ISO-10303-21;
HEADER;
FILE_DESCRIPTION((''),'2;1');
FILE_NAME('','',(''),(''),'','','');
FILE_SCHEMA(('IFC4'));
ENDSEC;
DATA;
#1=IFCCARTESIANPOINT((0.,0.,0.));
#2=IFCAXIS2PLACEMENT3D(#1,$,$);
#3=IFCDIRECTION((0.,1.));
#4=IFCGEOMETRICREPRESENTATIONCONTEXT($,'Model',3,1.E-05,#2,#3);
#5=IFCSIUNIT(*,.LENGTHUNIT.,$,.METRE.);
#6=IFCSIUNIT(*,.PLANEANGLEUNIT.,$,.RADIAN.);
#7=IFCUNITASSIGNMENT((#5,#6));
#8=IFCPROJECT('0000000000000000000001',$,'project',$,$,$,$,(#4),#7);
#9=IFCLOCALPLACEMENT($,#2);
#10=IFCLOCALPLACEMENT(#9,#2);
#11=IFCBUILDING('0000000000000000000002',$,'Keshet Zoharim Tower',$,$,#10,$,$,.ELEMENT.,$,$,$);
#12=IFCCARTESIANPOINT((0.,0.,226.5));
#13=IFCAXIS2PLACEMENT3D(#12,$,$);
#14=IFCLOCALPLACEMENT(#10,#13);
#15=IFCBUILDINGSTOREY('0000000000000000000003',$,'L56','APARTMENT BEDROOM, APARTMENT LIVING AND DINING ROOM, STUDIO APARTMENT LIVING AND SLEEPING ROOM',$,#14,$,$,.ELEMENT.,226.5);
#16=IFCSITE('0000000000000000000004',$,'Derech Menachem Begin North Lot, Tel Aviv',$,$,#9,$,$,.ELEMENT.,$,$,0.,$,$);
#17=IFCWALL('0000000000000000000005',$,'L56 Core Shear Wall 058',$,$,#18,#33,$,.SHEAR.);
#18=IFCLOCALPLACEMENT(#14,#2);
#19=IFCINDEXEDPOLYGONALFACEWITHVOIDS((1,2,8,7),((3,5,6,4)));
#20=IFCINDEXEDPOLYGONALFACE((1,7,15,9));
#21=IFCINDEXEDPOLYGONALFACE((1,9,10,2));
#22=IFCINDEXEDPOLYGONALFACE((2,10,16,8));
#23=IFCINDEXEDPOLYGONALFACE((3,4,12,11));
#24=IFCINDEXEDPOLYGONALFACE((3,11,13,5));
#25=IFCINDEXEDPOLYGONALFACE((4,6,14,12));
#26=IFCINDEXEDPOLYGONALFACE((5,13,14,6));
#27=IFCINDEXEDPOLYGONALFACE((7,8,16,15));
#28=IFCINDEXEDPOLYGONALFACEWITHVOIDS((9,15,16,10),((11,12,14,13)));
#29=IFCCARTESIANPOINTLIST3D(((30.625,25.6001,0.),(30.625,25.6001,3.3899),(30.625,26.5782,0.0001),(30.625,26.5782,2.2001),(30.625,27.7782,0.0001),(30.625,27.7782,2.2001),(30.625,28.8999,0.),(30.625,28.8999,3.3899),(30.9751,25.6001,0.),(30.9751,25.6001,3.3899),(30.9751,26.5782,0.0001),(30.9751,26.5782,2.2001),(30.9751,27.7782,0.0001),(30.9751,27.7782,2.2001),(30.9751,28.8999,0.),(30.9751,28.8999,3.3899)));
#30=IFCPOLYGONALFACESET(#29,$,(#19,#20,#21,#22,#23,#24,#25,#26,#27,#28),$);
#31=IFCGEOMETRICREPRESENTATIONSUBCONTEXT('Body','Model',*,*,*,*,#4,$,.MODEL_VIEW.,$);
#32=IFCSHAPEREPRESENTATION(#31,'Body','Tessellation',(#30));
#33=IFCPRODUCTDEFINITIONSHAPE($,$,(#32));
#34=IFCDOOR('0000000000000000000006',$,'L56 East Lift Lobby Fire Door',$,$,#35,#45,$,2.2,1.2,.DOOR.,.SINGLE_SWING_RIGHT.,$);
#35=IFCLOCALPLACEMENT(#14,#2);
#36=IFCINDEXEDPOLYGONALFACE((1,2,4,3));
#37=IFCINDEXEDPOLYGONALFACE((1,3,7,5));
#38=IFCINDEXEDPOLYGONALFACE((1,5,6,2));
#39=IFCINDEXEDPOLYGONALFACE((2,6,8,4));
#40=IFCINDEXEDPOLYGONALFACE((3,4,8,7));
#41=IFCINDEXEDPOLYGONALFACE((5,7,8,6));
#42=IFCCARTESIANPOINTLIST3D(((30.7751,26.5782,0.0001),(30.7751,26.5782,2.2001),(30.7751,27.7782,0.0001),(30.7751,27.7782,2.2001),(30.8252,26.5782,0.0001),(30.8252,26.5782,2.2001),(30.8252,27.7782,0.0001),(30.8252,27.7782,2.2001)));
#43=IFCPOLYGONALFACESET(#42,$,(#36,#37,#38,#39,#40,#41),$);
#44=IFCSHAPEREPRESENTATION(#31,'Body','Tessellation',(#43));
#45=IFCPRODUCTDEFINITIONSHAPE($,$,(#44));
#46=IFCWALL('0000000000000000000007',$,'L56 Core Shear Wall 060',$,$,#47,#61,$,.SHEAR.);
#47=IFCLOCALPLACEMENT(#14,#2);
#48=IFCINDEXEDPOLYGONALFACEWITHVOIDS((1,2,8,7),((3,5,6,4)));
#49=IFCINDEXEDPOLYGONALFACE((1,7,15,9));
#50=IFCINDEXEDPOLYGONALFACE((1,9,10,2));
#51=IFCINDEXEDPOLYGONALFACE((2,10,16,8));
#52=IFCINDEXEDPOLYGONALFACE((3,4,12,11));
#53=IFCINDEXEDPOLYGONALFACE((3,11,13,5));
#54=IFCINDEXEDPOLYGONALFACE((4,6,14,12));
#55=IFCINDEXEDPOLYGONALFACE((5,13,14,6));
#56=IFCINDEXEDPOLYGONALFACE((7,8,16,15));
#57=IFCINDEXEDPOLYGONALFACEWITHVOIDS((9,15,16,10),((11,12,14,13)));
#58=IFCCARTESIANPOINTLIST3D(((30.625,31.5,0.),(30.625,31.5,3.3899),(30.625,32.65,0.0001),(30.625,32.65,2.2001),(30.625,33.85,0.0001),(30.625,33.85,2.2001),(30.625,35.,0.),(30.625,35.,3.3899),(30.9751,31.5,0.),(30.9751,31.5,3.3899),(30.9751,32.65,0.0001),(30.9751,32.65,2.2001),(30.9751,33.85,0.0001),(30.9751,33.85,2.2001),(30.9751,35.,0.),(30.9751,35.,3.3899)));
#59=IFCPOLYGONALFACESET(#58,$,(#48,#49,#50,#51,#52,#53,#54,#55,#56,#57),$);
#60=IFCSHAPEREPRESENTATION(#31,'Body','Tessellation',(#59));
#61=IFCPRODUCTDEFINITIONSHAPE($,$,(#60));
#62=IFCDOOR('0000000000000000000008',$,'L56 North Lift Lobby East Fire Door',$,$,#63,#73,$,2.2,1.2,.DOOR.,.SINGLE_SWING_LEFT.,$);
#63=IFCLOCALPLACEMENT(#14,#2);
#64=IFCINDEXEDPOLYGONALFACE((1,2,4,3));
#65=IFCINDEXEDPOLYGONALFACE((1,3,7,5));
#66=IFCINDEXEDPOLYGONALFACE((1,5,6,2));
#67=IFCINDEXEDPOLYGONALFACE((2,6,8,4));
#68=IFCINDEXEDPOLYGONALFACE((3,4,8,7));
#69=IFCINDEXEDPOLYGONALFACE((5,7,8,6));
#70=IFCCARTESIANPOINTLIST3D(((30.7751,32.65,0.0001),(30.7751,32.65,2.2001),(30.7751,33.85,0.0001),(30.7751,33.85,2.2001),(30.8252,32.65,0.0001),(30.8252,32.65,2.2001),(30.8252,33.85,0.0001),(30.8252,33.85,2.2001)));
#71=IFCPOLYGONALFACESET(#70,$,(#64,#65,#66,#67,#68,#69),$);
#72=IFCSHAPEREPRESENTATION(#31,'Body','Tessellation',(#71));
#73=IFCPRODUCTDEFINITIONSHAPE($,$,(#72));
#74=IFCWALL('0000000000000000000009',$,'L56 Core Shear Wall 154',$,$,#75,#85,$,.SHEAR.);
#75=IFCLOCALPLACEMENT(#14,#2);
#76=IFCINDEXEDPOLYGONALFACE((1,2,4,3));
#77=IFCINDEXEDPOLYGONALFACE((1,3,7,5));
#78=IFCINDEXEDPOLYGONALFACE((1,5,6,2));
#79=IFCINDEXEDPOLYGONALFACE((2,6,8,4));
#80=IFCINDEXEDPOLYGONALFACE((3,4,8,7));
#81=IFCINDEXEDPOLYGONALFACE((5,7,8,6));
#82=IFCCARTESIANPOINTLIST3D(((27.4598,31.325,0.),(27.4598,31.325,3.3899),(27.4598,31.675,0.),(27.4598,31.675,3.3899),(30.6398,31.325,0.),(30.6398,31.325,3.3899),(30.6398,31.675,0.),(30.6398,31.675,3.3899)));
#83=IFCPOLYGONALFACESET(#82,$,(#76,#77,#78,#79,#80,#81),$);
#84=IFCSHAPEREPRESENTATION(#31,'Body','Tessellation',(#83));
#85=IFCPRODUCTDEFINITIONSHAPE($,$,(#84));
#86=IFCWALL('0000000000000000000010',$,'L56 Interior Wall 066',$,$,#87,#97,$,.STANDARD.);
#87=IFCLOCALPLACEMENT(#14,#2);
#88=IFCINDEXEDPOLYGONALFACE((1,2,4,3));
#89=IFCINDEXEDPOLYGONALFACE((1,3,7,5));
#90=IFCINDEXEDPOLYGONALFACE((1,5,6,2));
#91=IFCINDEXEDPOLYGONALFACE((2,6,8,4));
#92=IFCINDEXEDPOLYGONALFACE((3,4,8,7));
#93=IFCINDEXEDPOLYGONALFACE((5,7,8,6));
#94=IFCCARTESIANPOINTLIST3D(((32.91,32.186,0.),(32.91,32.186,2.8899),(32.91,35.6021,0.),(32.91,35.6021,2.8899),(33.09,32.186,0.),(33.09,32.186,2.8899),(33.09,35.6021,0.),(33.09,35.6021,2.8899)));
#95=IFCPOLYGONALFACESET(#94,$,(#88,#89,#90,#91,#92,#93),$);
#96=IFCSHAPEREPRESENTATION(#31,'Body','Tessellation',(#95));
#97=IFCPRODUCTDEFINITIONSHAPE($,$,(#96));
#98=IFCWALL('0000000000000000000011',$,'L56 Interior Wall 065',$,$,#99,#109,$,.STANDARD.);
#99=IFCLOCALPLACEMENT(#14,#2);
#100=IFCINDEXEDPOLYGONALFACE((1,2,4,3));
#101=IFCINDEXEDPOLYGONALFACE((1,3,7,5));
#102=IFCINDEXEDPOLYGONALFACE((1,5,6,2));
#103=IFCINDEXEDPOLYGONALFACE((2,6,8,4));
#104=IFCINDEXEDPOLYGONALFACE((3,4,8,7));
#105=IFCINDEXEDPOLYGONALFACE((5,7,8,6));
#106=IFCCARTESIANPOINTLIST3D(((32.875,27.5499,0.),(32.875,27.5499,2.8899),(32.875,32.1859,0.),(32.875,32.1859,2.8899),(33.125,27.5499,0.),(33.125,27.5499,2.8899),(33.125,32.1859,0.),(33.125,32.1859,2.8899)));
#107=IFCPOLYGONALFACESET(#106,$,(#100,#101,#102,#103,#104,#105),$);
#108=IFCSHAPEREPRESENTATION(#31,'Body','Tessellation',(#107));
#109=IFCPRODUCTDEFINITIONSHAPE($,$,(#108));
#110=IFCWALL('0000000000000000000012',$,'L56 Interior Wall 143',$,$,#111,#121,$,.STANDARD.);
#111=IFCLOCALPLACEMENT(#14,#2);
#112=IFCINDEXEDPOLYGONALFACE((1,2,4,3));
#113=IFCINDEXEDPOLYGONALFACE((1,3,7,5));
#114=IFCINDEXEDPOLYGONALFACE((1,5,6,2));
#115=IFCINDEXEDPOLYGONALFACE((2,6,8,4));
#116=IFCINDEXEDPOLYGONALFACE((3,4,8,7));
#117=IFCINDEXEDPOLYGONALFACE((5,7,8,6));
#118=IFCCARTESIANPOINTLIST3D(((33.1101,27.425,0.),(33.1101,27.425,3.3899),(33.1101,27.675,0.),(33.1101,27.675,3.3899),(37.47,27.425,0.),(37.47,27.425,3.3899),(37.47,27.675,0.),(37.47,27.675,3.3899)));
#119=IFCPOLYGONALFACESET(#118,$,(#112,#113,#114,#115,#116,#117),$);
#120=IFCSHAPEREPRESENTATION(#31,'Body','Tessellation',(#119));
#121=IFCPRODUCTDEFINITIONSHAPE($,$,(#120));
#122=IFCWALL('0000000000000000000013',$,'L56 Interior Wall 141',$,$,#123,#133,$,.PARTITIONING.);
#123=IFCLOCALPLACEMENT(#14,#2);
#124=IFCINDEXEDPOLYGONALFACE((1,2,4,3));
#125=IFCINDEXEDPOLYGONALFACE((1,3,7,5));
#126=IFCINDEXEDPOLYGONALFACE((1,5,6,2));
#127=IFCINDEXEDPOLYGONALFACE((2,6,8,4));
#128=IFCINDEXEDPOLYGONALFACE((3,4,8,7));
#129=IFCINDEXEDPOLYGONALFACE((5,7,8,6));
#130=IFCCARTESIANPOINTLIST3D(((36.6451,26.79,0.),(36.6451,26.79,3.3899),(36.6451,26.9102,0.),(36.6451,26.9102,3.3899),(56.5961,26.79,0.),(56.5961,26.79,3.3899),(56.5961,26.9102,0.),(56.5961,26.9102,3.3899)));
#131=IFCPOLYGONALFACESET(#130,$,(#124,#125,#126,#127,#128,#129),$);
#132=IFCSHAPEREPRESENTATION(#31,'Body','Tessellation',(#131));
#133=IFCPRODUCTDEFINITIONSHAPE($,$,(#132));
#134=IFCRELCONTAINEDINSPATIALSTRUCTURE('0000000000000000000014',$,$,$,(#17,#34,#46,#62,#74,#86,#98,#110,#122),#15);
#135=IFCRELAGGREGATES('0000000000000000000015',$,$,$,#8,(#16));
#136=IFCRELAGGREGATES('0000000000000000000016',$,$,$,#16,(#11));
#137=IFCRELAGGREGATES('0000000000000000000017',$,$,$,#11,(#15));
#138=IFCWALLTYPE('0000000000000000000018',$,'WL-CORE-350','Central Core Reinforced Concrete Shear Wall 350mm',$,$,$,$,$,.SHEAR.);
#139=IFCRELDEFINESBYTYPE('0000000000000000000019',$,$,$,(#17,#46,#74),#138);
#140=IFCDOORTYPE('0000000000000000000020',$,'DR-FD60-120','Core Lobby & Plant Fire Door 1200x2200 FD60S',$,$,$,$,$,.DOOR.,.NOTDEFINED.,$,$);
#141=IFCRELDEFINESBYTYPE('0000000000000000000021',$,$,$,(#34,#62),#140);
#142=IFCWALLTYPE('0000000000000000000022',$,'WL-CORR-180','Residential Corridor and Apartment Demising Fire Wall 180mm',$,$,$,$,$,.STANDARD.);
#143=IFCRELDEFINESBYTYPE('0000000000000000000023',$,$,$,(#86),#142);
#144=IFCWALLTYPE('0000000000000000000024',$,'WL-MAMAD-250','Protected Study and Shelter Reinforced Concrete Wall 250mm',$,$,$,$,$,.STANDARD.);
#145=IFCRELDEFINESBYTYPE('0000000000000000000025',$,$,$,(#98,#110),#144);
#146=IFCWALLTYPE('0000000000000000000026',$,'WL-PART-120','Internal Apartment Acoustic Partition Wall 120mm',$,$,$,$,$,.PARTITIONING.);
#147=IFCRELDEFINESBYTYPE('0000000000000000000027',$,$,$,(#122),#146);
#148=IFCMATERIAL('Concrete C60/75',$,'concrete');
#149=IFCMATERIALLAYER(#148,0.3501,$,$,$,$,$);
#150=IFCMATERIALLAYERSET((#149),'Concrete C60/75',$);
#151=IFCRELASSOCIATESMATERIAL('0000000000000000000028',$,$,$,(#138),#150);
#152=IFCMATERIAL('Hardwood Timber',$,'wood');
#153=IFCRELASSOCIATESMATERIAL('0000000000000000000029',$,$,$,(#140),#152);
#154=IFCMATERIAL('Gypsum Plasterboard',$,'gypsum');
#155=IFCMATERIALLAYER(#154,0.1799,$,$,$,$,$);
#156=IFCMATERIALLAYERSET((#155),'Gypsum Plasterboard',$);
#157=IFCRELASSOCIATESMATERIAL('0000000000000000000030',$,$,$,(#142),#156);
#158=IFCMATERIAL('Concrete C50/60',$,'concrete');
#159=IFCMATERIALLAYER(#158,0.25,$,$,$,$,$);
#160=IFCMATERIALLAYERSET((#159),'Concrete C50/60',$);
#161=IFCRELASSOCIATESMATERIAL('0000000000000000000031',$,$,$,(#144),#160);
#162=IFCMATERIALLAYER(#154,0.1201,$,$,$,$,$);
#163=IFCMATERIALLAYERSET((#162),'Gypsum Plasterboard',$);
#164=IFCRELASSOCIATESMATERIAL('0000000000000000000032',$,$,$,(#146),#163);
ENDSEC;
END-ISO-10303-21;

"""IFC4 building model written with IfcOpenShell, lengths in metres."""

from ifc_helpers import new_model, si_unit, direction, frame, frame_2d, origin, place, context, subcontext, project, spatial, rectangle, extrude, material, layer, layer_set, type_object, element, fill, save


model = new_model("IFC4")

# Units and contexts
model_context = context("Model", 3, precision=1e-05, world=origin(), true_north=direction((0.0, 1.0)))
body_context = subcontext(model_context, "Body", "Model", "MODEL_VIEW")
ifc_project = project(units=[si_unit("LENGTHUNIT", "METRE"), si_unit("PLANEANGLEUNIT", "RADIAN")], contexts=[model_context])

# Site, building, storey
site_placement = place(None, origin())
site = spatial("IfcSite", under=ifc_project, at=site_placement, Name="Derech Menachem Begin North Lot, Tel Aviv", CompositionType="ELEMENT", RefElevation=0.0)
building_placement = place(site_placement, origin())
building = spatial("IfcBuilding", under=site, at=building_placement, Name="Keshet Zoharim Tower", CompositionType="ELEMENT")
storey_placement = place(building_placement, frame((0.0, 0.0, 226.5)))
storey = spatial("IfcBuildingStorey", under=building, at=storey_placement, Name="L56", Description="APARTMENT BEDROOM, APARTMENT LIVING AND DINING ROOM, STUDIO APARTMENT LIVING AND SLEEPING ROOM", CompositionType="ELEMENT", Elevation=226.5)

# Shared definitions
ifc_material_1 = material(Name="Concrete C50/60", Category="concrete")

# Shared definitions
ifc_material_2 = material(Name="Gypsum Plasterboard", Category="gypsum")

# Walls, openings, doors
ifc_material_3 = material(Name="Concrete C60/75", Category="concrete")
ifc_layer_1 = layer(ifc_material_3, 0.3501)
ifc_layer_set_1 = layer_set([ifc_layer_1], Name="Concrete C60/75")
wall_type_1 = type_object("IfcWallType", Name="WL-CORE-350", Description="Central Core Reinforced Concrete Shear Wall 350mm", PredefinedType="SHEAR", material=ifc_layer_set_1)
wall_1_placement = place(storey_placement, frame((30.8, 25.6001, 0.0), z_axis=(0.0, 0.0, 1.0), x_axis=(0.0, 1.0, 0.0)))
wall_1 = element("IfcWall", 1, at=wall_1_placement, inside=storey, type_object=wall_type_1, Name="L56 Core Shear Wall 058", PredefinedType="SHEAR", context=body_context, shape_type="SweptSolid", body=[
    extrude(rectangle(XDim=3.2998, YDim=0.3501, at=frame_2d((1.6499, 0.0))), origin(), (0.0, 0.0, 1.0), 3.3899),
])
opening_1_placement = place(wall_1_placement, frame((0.978, 0.0, 0.0)))
opening_1 = element("IfcOpeningElement", 2, at=opening_1_placement, cuts=wall_1, PredefinedType="OPENING", context=body_context, shape_type="SweptSolid", body=[
    extrude(rectangle(XDim=1.2, YDim=2.2, at=frame_2d((0.6001, 1.1001))), frame((0.0, 0.1851, 0.0), z_axis=(0.0, -1.0, 0.0), x_axis=(1.0, 0.0, 0.0)), (0.0, 0.0, 1.0), 0.3701),
])
ifc_material_4 = material(Name="Hardwood Timber", Category="wood")
door_type_1 = type_object("IfcDoorType", Name="DR-FD60-120", Description="Core Lobby & Plant Fire Door 1200x2200 FD60S", OperationType="NOTDEFINED", PredefinedType="DOOR", material=ifc_material_4)
door_1_placement = place(opening_1_placement, origin())
door_1 = element("IfcDoor", 3, at=door_1_placement, inside=storey, type_object=door_type_1, Name="L56 East Lift Lobby Fire Door", OperationType="SINGLE_SWING_RIGHT", OverallHeight=2.2, OverallWidth=1.2, PredefinedType="DOOR", context=body_context, shape_type="SweptSolid", body=[
    extrude(rectangle(XDim=1.2, YDim=2.2, at=frame_2d((0.6001, 1.1001))), frame((0.0, 0.0249, 0.0), z_axis=(0.0, -1.0, 0.0), x_axis=(1.0, 0.0, 0.0)), (0.0, 0.0, 1.0), 0.05),
])
fill(opening_1, door_1)
wall_2_placement = place(storey_placement, frame((30.8, 31.5, 0.0), z_axis=(0.0, 0.0, 1.0), x_axis=(0.0, 1.0, 0.0)))
wall_2 = element("IfcWall", 4, at=wall_2_placement, inside=storey, type_object=wall_type_1, Name="L56 Core Shear Wall 060", PredefinedType="SHEAR", context=body_context, shape_type="SweptSolid", body=[
    extrude(rectangle(XDim=3.5, YDim=0.3501, at=frame_2d((1.75, 0.0))), origin(), (0.0, 0.0, 1.0), 3.3899),
])
opening_2_placement = place(wall_2_placement, frame((1.1499, 0.0, 0.0)))
opening_2 = element("IfcOpeningElement", 5, at=opening_2_placement, cuts=wall_2, PredefinedType="OPENING", context=body_context, shape_type="SweptSolid", body=[
    extrude(rectangle(XDim=1.2, YDim=2.2, at=frame_2d((0.6001, 1.1001))), frame((0.0, 0.1851, 0.0), z_axis=(0.0, -1.0, 0.0), x_axis=(1.0, 0.0, 0.0)), (0.0, 0.0, 1.0), 0.3701),
])
door_2_placement = place(opening_2_placement, origin())
door_2 = element("IfcDoor", 6, at=door_2_placement, inside=storey, type_object=door_type_1, Name="L56 North Lift Lobby East Fire Door", OperationType="SINGLE_SWING_LEFT", OverallHeight=2.2, OverallWidth=1.2, PredefinedType="DOOR", context=body_context, shape_type="SweptSolid", body=[
    extrude(rectangle(XDim=1.2, YDim=2.2, at=frame_2d((0.6001, 1.1001))), frame((0.0, 0.0249, 0.0), z_axis=(0.0, -1.0, 0.0), x_axis=(1.0, 0.0, 0.0)), (0.0, 0.0, 1.0), 0.05),
])
fill(opening_2, door_2)

# Walls
wall_3_placement = place(storey_placement, frame((27.46, 31.5, 0.0), z_axis=(0.0, 0.0, 1.0), x_axis=(1.0, 0.0, 0.0)))
element("IfcWall", 7, at=wall_3_placement, inside=storey, type_object=wall_type_1, Name="L56 Core Shear Wall 154", PredefinedType="SHEAR", context=body_context, shape_type="SweptSolid", body=[
    extrude(rectangle(XDim=3.1799, YDim=0.3501, at=frame_2d((1.5898, 0.0))), origin(), (0.0, 0.0, 1.0), 3.3899),
])
ifc_layer_2 = layer(ifc_material_2, 0.1799)
ifc_layer_set_2 = layer_set([ifc_layer_2], Name="Gypsum Plasterboard")
wall_type_2 = type_object("IfcWallType", Name="WL-CORR-180", Description="Residential Corridor and Apartment Demising Fire Wall 180mm", PredefinedType="STANDARD", material=ifc_layer_set_2)
wall_4_placement = place(storey_placement, frame((33.0, 32.186, 0.0), z_axis=(0.0, 0.0, 1.0), x_axis=(0.0, 1.0, 0.0)))
element("IfcWall", 8, at=wall_4_placement, inside=storey, type_object=wall_type_2, Name="L56 Interior Wall 066", PredefinedType="STANDARD", context=body_context, shape_type="SweptSolid", body=[
    extrude(rectangle(XDim=3.416, YDim=0.1799, at=frame_2d((1.708, 0.0))), origin(), (0.0, 0.0, 1.0), 2.8899),
])
ifc_layer_3 = layer(ifc_material_1, 0.25)
ifc_layer_set_3 = layer_set([ifc_layer_3], Name="Concrete C50/60")
wall_type_3 = type_object("IfcWallType", Name="WL-MAMAD-250", Description="Protected Study and Shelter Reinforced Concrete Wall 250mm", PredefinedType="STANDARD", material=ifc_layer_set_3)
wall_5_placement = place(storey_placement, frame((33.0, 27.55, 0.0), z_axis=(0.0, 0.0, 1.0), x_axis=(0.0, 1.0, 0.0)))
element("IfcWall", 9, at=wall_5_placement, inside=storey, type_object=wall_type_3, Name="L56 Interior Wall 065", PredefinedType="STANDARD", context=body_context, shape_type="SweptSolid", body=[
    extrude(rectangle(XDim=4.636, YDim=0.25, at=frame_2d((2.3179, 0.0))), origin(), (0.0, 0.0, 1.0), 2.8899),
])

# Walls
wall_6_placement = place(storey_placement, frame((33.1101, 27.55, 0.0), z_axis=(0.0, 0.0, 1.0), x_axis=(1.0, 0.0, 0.0)))
element("IfcWall", 10, at=wall_6_placement, inside=storey, type_object=wall_type_3, Name="L56 Interior Wall 143", PredefinedType="STANDARD", context=body_context, shape_type="SweptSolid", body=[
    extrude(rectangle(XDim=4.3599, YDim=0.25, at=frame_2d((2.1799, 0.0))), origin(), (0.0, 0.0, 1.0), 3.3899),
])
ifc_layer_4 = layer(ifc_material_2, 0.1201)
ifc_layer_set_4 = layer_set([ifc_layer_4], Name="Gypsum Plasterboard")
wall_type_4 = type_object("IfcWallType", Name="WL-PART-120", Description="Internal Apartment Acoustic Partition Wall 120mm", PredefinedType="PARTITIONING", material=ifc_layer_set_4)
wall_7_placement = place(storey_placement, frame((36.645, 26.8501, 0.0), z_axis=(0.0, 0.0, 1.0), x_axis=(1.0, 0.0, 0.0)))
element("IfcWall", 11, at=wall_7_placement, inside=storey, type_object=wall_type_4, Name="L56 Interior Wall 141", PredefinedType="PARTITIONING", context=body_context, shape_type="SweptSolid", body=[
    extrude(rectangle(XDim=19.9509, YDim=0.1201, at=frame_2d((9.9756, 0.0))), origin(), (0.0, 0.0, 1.0), 3.3899),
])

save(model, "model.ifc")
